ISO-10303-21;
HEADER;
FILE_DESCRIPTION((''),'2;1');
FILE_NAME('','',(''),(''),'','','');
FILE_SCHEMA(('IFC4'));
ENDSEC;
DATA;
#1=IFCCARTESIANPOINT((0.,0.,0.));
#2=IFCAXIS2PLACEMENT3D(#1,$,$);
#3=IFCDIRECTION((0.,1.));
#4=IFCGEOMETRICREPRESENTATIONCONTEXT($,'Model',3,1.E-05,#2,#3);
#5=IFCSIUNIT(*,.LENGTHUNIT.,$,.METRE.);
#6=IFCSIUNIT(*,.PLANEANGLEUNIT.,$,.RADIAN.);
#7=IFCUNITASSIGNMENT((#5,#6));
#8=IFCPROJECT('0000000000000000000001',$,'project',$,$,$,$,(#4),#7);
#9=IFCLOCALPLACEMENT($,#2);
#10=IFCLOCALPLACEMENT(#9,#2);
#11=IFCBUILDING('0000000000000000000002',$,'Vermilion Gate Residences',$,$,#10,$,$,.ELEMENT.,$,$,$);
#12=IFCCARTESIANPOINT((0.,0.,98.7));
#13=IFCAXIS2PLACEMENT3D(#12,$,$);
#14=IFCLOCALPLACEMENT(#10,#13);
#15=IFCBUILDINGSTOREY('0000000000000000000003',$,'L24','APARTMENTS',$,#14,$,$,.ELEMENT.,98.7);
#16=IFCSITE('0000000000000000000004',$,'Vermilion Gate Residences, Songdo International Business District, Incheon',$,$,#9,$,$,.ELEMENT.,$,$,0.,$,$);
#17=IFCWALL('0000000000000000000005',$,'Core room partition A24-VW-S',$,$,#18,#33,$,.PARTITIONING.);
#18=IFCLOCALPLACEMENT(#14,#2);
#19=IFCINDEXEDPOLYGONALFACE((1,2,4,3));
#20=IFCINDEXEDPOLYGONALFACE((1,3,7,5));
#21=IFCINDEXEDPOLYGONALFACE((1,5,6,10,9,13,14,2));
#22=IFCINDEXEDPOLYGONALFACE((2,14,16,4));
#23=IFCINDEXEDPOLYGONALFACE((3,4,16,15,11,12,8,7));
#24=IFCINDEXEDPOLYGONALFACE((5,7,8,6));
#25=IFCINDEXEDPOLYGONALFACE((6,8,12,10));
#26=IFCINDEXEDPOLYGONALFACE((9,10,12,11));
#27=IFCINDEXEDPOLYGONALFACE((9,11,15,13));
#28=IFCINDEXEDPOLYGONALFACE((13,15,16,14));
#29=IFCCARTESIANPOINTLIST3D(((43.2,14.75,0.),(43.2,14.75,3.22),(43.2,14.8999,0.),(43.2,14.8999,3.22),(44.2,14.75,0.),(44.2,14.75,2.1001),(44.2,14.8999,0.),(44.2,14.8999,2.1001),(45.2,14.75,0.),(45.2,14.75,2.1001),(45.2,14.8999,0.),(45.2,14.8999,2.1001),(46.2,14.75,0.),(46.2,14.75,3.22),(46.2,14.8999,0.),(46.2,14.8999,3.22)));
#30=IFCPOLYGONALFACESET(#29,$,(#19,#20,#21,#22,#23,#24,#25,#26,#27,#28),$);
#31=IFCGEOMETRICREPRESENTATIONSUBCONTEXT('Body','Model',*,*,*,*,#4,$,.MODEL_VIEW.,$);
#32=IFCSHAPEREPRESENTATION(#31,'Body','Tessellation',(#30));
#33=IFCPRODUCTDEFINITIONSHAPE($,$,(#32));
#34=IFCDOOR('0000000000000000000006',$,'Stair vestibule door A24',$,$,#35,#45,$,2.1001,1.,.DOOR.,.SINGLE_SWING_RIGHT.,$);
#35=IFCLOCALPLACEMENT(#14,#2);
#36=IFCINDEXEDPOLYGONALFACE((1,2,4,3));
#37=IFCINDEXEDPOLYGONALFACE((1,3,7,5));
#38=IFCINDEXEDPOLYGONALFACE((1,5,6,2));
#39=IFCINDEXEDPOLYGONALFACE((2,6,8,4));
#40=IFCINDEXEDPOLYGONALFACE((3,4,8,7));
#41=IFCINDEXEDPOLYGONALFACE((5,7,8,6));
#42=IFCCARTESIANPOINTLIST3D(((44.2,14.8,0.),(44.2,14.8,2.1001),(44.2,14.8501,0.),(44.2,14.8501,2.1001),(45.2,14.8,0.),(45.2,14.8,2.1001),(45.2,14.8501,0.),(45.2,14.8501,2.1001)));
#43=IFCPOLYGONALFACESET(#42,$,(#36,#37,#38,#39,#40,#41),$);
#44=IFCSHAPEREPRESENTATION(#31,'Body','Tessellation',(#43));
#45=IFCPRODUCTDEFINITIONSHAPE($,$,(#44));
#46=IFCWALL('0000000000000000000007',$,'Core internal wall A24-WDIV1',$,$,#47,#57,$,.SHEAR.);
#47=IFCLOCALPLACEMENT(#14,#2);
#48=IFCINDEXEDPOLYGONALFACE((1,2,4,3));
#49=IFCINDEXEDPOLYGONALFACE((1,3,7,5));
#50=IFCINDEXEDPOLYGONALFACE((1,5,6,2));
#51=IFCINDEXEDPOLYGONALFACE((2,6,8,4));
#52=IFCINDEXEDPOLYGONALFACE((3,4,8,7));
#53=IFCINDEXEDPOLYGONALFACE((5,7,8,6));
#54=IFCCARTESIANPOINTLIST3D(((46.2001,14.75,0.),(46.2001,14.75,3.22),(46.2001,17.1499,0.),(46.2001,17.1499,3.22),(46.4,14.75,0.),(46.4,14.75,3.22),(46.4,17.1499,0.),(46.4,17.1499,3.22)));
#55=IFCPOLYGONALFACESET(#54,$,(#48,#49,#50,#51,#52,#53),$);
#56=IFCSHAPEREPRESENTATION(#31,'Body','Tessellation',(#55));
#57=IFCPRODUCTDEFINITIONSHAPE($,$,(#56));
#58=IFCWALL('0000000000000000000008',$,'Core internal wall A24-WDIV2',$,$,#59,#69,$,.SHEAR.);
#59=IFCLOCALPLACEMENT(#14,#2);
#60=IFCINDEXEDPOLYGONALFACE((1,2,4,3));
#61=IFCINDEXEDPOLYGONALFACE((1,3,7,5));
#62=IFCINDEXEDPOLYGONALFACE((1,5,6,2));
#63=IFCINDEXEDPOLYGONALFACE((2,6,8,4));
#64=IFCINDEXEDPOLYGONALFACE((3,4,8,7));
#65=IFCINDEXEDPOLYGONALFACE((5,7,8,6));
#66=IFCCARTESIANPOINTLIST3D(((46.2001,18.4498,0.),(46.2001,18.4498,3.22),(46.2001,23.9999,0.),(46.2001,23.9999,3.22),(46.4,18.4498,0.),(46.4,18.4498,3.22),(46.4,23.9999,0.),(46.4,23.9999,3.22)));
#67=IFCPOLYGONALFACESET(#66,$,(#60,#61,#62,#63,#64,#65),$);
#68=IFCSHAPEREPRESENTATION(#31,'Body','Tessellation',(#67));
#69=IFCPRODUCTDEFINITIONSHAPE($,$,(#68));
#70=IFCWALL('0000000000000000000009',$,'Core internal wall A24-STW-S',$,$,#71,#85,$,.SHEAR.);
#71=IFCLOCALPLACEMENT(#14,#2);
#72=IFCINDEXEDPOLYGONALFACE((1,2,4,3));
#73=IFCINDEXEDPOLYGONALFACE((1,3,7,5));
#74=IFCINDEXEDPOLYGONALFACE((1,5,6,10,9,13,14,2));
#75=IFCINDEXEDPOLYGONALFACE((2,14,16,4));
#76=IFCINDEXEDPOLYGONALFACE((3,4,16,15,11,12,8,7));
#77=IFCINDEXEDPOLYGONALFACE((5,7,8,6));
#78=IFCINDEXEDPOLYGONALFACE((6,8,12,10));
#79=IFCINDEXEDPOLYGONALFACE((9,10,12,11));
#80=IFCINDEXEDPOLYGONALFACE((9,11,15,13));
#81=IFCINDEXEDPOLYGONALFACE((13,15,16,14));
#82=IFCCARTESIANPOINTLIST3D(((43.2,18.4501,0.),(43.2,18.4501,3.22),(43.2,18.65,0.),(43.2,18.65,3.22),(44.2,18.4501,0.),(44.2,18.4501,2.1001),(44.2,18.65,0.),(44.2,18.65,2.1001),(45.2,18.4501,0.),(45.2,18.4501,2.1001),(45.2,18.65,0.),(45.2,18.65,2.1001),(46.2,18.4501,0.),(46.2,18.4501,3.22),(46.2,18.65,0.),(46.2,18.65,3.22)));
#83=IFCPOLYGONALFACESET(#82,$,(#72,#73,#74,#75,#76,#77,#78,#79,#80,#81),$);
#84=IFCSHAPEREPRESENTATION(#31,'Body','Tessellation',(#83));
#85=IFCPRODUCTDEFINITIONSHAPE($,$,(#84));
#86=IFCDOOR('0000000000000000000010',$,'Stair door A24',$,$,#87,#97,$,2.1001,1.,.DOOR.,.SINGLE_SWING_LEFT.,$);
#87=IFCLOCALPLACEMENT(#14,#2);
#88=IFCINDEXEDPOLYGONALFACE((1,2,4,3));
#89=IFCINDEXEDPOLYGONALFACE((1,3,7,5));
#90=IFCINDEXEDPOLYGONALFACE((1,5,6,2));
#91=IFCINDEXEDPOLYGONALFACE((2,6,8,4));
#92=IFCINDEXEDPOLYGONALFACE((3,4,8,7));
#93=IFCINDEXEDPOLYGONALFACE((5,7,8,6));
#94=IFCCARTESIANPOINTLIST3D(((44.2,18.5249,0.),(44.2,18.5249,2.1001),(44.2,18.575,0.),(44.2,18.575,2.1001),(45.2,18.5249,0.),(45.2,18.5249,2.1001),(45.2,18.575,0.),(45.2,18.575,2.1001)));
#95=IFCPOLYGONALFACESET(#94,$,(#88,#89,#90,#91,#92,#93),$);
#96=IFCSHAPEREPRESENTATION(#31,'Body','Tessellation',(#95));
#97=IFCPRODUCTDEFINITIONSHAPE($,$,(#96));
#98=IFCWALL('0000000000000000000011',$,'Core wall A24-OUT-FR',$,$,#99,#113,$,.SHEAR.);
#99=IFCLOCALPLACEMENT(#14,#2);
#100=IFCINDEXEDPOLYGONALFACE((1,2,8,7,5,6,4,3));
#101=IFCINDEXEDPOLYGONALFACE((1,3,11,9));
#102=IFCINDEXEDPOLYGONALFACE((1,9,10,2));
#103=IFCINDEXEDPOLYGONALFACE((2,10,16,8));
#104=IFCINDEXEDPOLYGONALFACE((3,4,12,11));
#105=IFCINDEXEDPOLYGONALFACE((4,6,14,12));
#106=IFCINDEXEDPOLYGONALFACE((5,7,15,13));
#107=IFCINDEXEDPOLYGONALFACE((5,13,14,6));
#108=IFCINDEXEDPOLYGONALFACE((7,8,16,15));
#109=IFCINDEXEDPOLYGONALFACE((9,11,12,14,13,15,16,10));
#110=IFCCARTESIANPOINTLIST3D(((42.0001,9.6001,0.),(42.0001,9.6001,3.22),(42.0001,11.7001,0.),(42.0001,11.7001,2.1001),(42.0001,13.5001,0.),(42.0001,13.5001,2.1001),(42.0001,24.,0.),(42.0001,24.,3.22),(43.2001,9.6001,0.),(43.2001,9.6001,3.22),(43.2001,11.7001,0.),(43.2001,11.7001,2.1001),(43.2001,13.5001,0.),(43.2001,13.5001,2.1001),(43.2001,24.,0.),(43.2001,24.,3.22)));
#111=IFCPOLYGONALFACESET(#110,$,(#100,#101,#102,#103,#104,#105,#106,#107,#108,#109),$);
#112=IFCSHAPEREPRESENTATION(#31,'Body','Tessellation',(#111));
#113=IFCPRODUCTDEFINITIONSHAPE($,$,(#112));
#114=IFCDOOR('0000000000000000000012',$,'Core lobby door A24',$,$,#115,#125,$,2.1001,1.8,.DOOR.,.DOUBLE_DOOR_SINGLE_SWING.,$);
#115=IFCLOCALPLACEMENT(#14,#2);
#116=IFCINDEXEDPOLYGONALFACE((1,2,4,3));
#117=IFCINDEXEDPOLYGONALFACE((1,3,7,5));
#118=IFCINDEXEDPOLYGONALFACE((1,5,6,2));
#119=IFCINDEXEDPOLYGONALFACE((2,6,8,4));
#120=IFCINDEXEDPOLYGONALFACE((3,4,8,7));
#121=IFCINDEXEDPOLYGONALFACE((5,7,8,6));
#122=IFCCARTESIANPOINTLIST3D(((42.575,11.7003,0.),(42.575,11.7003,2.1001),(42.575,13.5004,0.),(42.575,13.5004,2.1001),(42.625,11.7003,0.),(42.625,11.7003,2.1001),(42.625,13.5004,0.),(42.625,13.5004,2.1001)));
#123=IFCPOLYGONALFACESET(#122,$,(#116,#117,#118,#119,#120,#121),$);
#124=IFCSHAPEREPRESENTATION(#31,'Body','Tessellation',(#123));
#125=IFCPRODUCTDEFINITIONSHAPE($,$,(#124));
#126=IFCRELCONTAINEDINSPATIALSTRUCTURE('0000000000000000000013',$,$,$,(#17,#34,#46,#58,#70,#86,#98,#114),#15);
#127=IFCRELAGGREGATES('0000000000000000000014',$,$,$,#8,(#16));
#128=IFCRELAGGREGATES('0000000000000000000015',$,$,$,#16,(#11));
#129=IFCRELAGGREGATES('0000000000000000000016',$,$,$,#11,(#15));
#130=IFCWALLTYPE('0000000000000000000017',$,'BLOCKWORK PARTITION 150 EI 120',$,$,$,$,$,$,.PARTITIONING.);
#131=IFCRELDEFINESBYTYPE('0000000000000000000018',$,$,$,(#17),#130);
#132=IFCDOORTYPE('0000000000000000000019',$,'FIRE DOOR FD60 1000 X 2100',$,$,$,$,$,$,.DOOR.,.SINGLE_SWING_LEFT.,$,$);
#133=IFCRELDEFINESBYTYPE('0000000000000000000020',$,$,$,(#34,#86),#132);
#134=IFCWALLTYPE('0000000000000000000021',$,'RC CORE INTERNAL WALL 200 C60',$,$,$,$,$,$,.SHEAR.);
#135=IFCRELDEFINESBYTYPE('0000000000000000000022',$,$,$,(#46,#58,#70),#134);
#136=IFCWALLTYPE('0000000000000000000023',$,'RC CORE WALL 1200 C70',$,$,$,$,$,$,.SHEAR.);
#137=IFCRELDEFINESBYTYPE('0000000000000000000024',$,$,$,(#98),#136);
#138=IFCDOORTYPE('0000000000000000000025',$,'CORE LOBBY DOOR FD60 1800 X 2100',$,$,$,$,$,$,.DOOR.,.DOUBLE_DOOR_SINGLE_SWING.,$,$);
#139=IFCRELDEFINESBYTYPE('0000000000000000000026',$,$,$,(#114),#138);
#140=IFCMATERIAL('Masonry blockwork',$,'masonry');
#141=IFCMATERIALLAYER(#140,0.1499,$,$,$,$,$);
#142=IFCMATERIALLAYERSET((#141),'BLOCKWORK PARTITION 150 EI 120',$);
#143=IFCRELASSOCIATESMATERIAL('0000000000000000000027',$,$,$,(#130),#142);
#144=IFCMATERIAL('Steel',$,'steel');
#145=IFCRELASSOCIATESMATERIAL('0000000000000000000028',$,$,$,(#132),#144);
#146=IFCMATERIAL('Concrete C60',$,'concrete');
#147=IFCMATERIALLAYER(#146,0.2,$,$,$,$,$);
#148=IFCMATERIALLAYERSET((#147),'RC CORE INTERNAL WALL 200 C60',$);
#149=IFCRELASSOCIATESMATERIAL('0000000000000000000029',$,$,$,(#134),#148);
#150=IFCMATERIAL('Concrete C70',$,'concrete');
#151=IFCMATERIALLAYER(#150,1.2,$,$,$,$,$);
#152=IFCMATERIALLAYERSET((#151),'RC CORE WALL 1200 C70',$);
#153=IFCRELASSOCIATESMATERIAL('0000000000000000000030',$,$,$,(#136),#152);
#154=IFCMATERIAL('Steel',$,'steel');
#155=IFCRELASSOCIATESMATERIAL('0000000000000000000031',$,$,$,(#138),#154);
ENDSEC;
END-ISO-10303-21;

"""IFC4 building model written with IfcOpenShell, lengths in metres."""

from ifc_helpers import new_model, si_unit, direction, frame, frame_2d, origin, place, context, subcontext, project, spatial, rectangle, extrude, material, layer, layer_set, type_object, element, fill, save


model = new_model("IFC4")

# Units and contexts
model_context = context("Model", 3, precision=1e-05, world=origin(), true_north=direction((0.0, 1.0)))
body_context = subcontext(model_context, "Body", "Model", "MODEL_VIEW")
ifc_project = project(units=[si_unit("LENGTHUNIT", "METRE"), si_unit("PLANEANGLEUNIT", "RADIAN")], contexts=[model_context])

# Site, building, storey
site_placement = place(None, origin())
site = spatial("IfcSite", under=ifc_project, at=site_placement, Name="Vermilion Gate Residences, Songdo International Business District, Incheon", CompositionType="ELEMENT", RefElevation=0.0)
building_placement = place(site_placement, origin())
building = spatial("IfcBuilding", under=site, at=building_placement, Name="Vermilion Gate Residences", CompositionType="ELEMENT")
storey_placement = place(building_placement, frame((0.0, 0.0, 98.7)))
storey = spatial("IfcBuildingStorey", under=building, at=storey_placement, Name="L24", Description="APARTMENTS", CompositionType="ELEMENT", Elevation=98.7)

# Wall, opening, door
ifc_material_1 = material(Name="Masonry blockwork", Category="masonry")
ifc_layer_1 = layer(ifc_material_1, 0.1499)
ifc_layer_set_1 = layer_set([ifc_layer_1], Name="BLOCKWORK PARTITION 150 EI 120")
wall_type_1 = type_object("IfcWallType", Name="BLOCKWORK PARTITION 150 EI 120", PredefinedType="PARTITIONING", material=ifc_layer_set_1)
wall_1_placement = place(storey_placement, frame((43.2, 14.825, 0.0), z_axis=(0.0, 0.0, 1.0), x_axis=(1.0, 0.0, 0.0)))
wall_1 = element("IfcWall", 1, at=wall_1_placement, inside=storey, type_object=wall_type_1, Name="Core room partition A24-VW-S", PredefinedType="PARTITIONING", context=body_context, shape_type="SweptSolid", body=[
    extrude(rectangle(XDim=3.0, YDim=0.1499, at=frame_2d((1.5, 0.0))), origin(), (0.0, 0.0, 1.0), 3.22),
])
opening_1_placement = place(wall_1_placement, frame((1.0, 0.0, 0.0)))
opening_1 = element("IfcOpeningElement", 2, at=opening_1_placement, cuts=wall_1, PredefinedType="OPENING", context=body_context, shape_type="SweptSolid", body=[
    extrude(rectangle(XDim=1.0, YDim=2.1001, at=frame_2d((0.5, 1.05))), frame((0.0, 0.085, 0.0), z_axis=(0.0, -1.0, 0.0), x_axis=(1.0, 0.0, 0.0)), (0.0, 0.0, 1.0), 0.1699),
])
ifc_material_2 = material(Name="Steel", Category="steel")
door_type_1 = type_object("IfcDoorType", Name="FIRE DOOR FD60 1000 X 2100", OperationType="SINGLE_SWING_LEFT", PredefinedType="DOOR", material=ifc_material_2)
door_1_placement = place(opening_1_placement, frame((1.0, 0.0, 0.0), z_axis=(0.0, 0.0, 1.0), x_axis=(-1.0, 0.0, 0.0)))
door_1 = element("IfcDoor", 3, at=door_1_placement, inside=storey, type_object=door_type_1, Name="Stair vestibule door A24", OperationType="SINGLE_SWING_RIGHT", OverallHeight=2.1001, OverallWidth=1.0, PredefinedType="DOOR", context=body_context, shape_type="SweptSolid", body=[
    extrude(rectangle(XDim=1.0, YDim=2.1001, at=frame_2d((0.5, 1.05))), frame((0.0, 0.0249, 0.0), z_axis=(0.0, -1.0, 0.0), x_axis=(1.0, 0.0, 0.0)), (0.0, 0.0, 1.0), 0.05),
])
fill(opening_1, door_1)

# Walls
ifc_material_3 = material(Name="Concrete C60", Category="concrete")
ifc_layer_2 = layer(ifc_material_3, 0.2)
ifc_layer_set_2 = layer_set([ifc_layer_2], Name="RC CORE INTERNAL WALL 200 C60")
wall_type_2 = type_object("IfcWallType", Name="RC CORE INTERNAL WALL 200 C60", PredefinedType="SHEAR", material=ifc_layer_set_2)
wall_2_placement = place(storey_placement, frame((46.3, 14.75, 0.0), z_axis=(0.0, 0.0, 1.0), x_axis=(0.0, 1.0, 0.0)))
element("IfcWall", 4, at=wall_2_placement, inside=storey, type_object=wall_type_2, Name="Core internal wall A24-WDIV1", PredefinedType="SHEAR", context=body_context, shape_type="SweptSolid", body=[
    extrude(rectangle(XDim=2.3999, YDim=0.2, at=frame_2d((1.2, 0.0))), origin(), (0.0, 0.0, 1.0), 3.22),
])
wall_3_placement = place(storey_placement, frame((46.3, 18.45, 0.0), z_axis=(0.0, 0.0, 1.0), x_axis=(0.0, 1.0, 0.0)))
element("IfcWall", 5, at=wall_3_placement, inside=storey, type_object=wall_type_2, Name="Core internal wall A24-WDIV2", PredefinedType="SHEAR", context=body_context, shape_type="SweptSolid", body=[
    extrude(rectangle(XDim=5.55, YDim=0.2, at=frame_2d((2.7749, 0.0))), origin(), (0.0, 0.0, 1.0), 3.22),
])

# Walls, openings, doors
wall_4_placement = place(storey_placement, frame((43.2, 18.55, 0.0), z_axis=(0.0, 0.0, 1.0), x_axis=(1.0, 0.0, 0.0)))
wall_4 = element("IfcWall", 6, at=wall_4_placement, inside=storey, type_object=wall_type_2, Name="Core internal wall A24-STW-S", PredefinedType="SHEAR", context=body_context, shape_type="SweptSolid", body=[
    extrude(rectangle(XDim=3.0, YDim=0.2, at=frame_2d((1.5, 0.0))), origin(), (0.0, 0.0, 1.0), 3.22),
])
opening_2_placement = place(wall_4_placement, frame((1.0, 0.0, 0.0)))
opening_2 = element("IfcOpeningElement", 7, at=opening_2_placement, cuts=wall_4, PredefinedType="OPENING", context=body_context, shape_type="SweptSolid", body=[
    extrude(rectangle(XDim=1.0, YDim=2.1001, at=frame_2d((0.5, 1.05))), frame((0.0, 0.1099, 0.0), z_axis=(0.0, -1.0, 0.0), x_axis=(1.0, 0.0, 0.0)), (0.0, 0.0, 1.0), 0.22),
])
door_2_placement = place(opening_2_placement, origin())
door_2 = element("IfcDoor", 8, at=door_2_placement, inside=storey, type_object=door_type_1, Name="Stair door A24", OperationType="SINGLE_SWING_LEFT", OverallHeight=2.1001, OverallWidth=1.0, PredefinedType="DOOR", context=body_context, shape_type="SweptSolid", body=[
    extrude(rectangle(XDim=1.0, YDim=2.1001, at=frame_2d((0.5, 1.05))), frame((0.0, 0.0249, 0.0), z_axis=(0.0, -1.0, 0.0), x_axis=(1.0, 0.0, 0.0)), (0.0, 0.0, 1.0), 0.05),
])
fill(opening_2, door_2)
ifc_material_4 = material(Name="Concrete C70", Category="concrete")
ifc_layer_3 = layer(ifc_material_4, 1.2)
ifc_layer_set_3 = layer_set([ifc_layer_3], Name="RC CORE WALL 1200 C70")
wall_type_3 = type_object("IfcWallType", Name="RC CORE WALL 1200 C70", PredefinedType="SHEAR", material=ifc_layer_set_3)
wall_5_placement = place(storey_placement, frame((42.6001, 9.6001, 0.0), z_axis=(0.0, 0.0, 1.0), x_axis=(0.0, 1.0, 0.0)))
wall_5 = element("IfcWall", 9, at=wall_5_placement, inside=storey, type_object=wall_type_3, Name="Core wall A24-OUT-FR", PredefinedType="SHEAR", context=body_context, shape_type="SweptSolid", body=[
    extrude(rectangle(XDim=14.3999, YDim=1.2, at=frame_2d((7.2, 0.0))), origin(), (0.0, 0.0, 1.0), 3.22),
])
opening_3_placement = place(wall_5_placement, frame((2.1001, 0.0, 0.0)))
opening_3 = element("IfcOpeningElement", 10, at=opening_3_placement, cuts=wall_5, PredefinedType="OPENING", context=body_context, shape_type="SweptSolid", body=[
    extrude(rectangle(XDim=1.8, YDim=2.1001, at=frame_2d((0.8999, 1.05))), frame((0.0, 0.6099, 0.0), z_axis=(0.0, -1.0, 0.0), x_axis=(1.0, 0.0, 0.0)), (0.0, 0.0, 1.0), 1.22),
])
ifc_material_5 = material(Name="Steel", Category="steel")
door_type_2 = type_object("IfcDoorType", Name="CORE LOBBY DOOR FD60 1800 X 2100", OperationType="DOUBLE_DOOR_SINGLE_SWING", PredefinedType="DOOR", material=ifc_material_5)
door_3_placement = place(opening_3_placement, frame((1.8, 0.0, 0.0), z_axis=(0.0, 0.0, 1.0), x_axis=(-1.0, 0.0, 0.0)))
door_3 = element("IfcDoor", 11, at=door_3_placement, inside=storey, type_object=door_type_2, Name="Core lobby door A24", OperationType="DOUBLE_DOOR_SINGLE_SWING", OverallHeight=2.1001, OverallWidth=1.8, PredefinedType="DOOR", context=body_context, shape_type="SweptSolid", body=[
    extrude(rectangle(XDim=1.8, YDim=2.1001, at=frame_2d((0.8999, 1.05))), frame((0.0, 0.0249, 0.0), z_axis=(0.0, -1.0, 0.0), x_axis=(1.0, 0.0, 0.0)), (0.0, 0.0, 1.0), 0.05),
])
fill(opening_3, door_3)

save(model, "model.ifc")
